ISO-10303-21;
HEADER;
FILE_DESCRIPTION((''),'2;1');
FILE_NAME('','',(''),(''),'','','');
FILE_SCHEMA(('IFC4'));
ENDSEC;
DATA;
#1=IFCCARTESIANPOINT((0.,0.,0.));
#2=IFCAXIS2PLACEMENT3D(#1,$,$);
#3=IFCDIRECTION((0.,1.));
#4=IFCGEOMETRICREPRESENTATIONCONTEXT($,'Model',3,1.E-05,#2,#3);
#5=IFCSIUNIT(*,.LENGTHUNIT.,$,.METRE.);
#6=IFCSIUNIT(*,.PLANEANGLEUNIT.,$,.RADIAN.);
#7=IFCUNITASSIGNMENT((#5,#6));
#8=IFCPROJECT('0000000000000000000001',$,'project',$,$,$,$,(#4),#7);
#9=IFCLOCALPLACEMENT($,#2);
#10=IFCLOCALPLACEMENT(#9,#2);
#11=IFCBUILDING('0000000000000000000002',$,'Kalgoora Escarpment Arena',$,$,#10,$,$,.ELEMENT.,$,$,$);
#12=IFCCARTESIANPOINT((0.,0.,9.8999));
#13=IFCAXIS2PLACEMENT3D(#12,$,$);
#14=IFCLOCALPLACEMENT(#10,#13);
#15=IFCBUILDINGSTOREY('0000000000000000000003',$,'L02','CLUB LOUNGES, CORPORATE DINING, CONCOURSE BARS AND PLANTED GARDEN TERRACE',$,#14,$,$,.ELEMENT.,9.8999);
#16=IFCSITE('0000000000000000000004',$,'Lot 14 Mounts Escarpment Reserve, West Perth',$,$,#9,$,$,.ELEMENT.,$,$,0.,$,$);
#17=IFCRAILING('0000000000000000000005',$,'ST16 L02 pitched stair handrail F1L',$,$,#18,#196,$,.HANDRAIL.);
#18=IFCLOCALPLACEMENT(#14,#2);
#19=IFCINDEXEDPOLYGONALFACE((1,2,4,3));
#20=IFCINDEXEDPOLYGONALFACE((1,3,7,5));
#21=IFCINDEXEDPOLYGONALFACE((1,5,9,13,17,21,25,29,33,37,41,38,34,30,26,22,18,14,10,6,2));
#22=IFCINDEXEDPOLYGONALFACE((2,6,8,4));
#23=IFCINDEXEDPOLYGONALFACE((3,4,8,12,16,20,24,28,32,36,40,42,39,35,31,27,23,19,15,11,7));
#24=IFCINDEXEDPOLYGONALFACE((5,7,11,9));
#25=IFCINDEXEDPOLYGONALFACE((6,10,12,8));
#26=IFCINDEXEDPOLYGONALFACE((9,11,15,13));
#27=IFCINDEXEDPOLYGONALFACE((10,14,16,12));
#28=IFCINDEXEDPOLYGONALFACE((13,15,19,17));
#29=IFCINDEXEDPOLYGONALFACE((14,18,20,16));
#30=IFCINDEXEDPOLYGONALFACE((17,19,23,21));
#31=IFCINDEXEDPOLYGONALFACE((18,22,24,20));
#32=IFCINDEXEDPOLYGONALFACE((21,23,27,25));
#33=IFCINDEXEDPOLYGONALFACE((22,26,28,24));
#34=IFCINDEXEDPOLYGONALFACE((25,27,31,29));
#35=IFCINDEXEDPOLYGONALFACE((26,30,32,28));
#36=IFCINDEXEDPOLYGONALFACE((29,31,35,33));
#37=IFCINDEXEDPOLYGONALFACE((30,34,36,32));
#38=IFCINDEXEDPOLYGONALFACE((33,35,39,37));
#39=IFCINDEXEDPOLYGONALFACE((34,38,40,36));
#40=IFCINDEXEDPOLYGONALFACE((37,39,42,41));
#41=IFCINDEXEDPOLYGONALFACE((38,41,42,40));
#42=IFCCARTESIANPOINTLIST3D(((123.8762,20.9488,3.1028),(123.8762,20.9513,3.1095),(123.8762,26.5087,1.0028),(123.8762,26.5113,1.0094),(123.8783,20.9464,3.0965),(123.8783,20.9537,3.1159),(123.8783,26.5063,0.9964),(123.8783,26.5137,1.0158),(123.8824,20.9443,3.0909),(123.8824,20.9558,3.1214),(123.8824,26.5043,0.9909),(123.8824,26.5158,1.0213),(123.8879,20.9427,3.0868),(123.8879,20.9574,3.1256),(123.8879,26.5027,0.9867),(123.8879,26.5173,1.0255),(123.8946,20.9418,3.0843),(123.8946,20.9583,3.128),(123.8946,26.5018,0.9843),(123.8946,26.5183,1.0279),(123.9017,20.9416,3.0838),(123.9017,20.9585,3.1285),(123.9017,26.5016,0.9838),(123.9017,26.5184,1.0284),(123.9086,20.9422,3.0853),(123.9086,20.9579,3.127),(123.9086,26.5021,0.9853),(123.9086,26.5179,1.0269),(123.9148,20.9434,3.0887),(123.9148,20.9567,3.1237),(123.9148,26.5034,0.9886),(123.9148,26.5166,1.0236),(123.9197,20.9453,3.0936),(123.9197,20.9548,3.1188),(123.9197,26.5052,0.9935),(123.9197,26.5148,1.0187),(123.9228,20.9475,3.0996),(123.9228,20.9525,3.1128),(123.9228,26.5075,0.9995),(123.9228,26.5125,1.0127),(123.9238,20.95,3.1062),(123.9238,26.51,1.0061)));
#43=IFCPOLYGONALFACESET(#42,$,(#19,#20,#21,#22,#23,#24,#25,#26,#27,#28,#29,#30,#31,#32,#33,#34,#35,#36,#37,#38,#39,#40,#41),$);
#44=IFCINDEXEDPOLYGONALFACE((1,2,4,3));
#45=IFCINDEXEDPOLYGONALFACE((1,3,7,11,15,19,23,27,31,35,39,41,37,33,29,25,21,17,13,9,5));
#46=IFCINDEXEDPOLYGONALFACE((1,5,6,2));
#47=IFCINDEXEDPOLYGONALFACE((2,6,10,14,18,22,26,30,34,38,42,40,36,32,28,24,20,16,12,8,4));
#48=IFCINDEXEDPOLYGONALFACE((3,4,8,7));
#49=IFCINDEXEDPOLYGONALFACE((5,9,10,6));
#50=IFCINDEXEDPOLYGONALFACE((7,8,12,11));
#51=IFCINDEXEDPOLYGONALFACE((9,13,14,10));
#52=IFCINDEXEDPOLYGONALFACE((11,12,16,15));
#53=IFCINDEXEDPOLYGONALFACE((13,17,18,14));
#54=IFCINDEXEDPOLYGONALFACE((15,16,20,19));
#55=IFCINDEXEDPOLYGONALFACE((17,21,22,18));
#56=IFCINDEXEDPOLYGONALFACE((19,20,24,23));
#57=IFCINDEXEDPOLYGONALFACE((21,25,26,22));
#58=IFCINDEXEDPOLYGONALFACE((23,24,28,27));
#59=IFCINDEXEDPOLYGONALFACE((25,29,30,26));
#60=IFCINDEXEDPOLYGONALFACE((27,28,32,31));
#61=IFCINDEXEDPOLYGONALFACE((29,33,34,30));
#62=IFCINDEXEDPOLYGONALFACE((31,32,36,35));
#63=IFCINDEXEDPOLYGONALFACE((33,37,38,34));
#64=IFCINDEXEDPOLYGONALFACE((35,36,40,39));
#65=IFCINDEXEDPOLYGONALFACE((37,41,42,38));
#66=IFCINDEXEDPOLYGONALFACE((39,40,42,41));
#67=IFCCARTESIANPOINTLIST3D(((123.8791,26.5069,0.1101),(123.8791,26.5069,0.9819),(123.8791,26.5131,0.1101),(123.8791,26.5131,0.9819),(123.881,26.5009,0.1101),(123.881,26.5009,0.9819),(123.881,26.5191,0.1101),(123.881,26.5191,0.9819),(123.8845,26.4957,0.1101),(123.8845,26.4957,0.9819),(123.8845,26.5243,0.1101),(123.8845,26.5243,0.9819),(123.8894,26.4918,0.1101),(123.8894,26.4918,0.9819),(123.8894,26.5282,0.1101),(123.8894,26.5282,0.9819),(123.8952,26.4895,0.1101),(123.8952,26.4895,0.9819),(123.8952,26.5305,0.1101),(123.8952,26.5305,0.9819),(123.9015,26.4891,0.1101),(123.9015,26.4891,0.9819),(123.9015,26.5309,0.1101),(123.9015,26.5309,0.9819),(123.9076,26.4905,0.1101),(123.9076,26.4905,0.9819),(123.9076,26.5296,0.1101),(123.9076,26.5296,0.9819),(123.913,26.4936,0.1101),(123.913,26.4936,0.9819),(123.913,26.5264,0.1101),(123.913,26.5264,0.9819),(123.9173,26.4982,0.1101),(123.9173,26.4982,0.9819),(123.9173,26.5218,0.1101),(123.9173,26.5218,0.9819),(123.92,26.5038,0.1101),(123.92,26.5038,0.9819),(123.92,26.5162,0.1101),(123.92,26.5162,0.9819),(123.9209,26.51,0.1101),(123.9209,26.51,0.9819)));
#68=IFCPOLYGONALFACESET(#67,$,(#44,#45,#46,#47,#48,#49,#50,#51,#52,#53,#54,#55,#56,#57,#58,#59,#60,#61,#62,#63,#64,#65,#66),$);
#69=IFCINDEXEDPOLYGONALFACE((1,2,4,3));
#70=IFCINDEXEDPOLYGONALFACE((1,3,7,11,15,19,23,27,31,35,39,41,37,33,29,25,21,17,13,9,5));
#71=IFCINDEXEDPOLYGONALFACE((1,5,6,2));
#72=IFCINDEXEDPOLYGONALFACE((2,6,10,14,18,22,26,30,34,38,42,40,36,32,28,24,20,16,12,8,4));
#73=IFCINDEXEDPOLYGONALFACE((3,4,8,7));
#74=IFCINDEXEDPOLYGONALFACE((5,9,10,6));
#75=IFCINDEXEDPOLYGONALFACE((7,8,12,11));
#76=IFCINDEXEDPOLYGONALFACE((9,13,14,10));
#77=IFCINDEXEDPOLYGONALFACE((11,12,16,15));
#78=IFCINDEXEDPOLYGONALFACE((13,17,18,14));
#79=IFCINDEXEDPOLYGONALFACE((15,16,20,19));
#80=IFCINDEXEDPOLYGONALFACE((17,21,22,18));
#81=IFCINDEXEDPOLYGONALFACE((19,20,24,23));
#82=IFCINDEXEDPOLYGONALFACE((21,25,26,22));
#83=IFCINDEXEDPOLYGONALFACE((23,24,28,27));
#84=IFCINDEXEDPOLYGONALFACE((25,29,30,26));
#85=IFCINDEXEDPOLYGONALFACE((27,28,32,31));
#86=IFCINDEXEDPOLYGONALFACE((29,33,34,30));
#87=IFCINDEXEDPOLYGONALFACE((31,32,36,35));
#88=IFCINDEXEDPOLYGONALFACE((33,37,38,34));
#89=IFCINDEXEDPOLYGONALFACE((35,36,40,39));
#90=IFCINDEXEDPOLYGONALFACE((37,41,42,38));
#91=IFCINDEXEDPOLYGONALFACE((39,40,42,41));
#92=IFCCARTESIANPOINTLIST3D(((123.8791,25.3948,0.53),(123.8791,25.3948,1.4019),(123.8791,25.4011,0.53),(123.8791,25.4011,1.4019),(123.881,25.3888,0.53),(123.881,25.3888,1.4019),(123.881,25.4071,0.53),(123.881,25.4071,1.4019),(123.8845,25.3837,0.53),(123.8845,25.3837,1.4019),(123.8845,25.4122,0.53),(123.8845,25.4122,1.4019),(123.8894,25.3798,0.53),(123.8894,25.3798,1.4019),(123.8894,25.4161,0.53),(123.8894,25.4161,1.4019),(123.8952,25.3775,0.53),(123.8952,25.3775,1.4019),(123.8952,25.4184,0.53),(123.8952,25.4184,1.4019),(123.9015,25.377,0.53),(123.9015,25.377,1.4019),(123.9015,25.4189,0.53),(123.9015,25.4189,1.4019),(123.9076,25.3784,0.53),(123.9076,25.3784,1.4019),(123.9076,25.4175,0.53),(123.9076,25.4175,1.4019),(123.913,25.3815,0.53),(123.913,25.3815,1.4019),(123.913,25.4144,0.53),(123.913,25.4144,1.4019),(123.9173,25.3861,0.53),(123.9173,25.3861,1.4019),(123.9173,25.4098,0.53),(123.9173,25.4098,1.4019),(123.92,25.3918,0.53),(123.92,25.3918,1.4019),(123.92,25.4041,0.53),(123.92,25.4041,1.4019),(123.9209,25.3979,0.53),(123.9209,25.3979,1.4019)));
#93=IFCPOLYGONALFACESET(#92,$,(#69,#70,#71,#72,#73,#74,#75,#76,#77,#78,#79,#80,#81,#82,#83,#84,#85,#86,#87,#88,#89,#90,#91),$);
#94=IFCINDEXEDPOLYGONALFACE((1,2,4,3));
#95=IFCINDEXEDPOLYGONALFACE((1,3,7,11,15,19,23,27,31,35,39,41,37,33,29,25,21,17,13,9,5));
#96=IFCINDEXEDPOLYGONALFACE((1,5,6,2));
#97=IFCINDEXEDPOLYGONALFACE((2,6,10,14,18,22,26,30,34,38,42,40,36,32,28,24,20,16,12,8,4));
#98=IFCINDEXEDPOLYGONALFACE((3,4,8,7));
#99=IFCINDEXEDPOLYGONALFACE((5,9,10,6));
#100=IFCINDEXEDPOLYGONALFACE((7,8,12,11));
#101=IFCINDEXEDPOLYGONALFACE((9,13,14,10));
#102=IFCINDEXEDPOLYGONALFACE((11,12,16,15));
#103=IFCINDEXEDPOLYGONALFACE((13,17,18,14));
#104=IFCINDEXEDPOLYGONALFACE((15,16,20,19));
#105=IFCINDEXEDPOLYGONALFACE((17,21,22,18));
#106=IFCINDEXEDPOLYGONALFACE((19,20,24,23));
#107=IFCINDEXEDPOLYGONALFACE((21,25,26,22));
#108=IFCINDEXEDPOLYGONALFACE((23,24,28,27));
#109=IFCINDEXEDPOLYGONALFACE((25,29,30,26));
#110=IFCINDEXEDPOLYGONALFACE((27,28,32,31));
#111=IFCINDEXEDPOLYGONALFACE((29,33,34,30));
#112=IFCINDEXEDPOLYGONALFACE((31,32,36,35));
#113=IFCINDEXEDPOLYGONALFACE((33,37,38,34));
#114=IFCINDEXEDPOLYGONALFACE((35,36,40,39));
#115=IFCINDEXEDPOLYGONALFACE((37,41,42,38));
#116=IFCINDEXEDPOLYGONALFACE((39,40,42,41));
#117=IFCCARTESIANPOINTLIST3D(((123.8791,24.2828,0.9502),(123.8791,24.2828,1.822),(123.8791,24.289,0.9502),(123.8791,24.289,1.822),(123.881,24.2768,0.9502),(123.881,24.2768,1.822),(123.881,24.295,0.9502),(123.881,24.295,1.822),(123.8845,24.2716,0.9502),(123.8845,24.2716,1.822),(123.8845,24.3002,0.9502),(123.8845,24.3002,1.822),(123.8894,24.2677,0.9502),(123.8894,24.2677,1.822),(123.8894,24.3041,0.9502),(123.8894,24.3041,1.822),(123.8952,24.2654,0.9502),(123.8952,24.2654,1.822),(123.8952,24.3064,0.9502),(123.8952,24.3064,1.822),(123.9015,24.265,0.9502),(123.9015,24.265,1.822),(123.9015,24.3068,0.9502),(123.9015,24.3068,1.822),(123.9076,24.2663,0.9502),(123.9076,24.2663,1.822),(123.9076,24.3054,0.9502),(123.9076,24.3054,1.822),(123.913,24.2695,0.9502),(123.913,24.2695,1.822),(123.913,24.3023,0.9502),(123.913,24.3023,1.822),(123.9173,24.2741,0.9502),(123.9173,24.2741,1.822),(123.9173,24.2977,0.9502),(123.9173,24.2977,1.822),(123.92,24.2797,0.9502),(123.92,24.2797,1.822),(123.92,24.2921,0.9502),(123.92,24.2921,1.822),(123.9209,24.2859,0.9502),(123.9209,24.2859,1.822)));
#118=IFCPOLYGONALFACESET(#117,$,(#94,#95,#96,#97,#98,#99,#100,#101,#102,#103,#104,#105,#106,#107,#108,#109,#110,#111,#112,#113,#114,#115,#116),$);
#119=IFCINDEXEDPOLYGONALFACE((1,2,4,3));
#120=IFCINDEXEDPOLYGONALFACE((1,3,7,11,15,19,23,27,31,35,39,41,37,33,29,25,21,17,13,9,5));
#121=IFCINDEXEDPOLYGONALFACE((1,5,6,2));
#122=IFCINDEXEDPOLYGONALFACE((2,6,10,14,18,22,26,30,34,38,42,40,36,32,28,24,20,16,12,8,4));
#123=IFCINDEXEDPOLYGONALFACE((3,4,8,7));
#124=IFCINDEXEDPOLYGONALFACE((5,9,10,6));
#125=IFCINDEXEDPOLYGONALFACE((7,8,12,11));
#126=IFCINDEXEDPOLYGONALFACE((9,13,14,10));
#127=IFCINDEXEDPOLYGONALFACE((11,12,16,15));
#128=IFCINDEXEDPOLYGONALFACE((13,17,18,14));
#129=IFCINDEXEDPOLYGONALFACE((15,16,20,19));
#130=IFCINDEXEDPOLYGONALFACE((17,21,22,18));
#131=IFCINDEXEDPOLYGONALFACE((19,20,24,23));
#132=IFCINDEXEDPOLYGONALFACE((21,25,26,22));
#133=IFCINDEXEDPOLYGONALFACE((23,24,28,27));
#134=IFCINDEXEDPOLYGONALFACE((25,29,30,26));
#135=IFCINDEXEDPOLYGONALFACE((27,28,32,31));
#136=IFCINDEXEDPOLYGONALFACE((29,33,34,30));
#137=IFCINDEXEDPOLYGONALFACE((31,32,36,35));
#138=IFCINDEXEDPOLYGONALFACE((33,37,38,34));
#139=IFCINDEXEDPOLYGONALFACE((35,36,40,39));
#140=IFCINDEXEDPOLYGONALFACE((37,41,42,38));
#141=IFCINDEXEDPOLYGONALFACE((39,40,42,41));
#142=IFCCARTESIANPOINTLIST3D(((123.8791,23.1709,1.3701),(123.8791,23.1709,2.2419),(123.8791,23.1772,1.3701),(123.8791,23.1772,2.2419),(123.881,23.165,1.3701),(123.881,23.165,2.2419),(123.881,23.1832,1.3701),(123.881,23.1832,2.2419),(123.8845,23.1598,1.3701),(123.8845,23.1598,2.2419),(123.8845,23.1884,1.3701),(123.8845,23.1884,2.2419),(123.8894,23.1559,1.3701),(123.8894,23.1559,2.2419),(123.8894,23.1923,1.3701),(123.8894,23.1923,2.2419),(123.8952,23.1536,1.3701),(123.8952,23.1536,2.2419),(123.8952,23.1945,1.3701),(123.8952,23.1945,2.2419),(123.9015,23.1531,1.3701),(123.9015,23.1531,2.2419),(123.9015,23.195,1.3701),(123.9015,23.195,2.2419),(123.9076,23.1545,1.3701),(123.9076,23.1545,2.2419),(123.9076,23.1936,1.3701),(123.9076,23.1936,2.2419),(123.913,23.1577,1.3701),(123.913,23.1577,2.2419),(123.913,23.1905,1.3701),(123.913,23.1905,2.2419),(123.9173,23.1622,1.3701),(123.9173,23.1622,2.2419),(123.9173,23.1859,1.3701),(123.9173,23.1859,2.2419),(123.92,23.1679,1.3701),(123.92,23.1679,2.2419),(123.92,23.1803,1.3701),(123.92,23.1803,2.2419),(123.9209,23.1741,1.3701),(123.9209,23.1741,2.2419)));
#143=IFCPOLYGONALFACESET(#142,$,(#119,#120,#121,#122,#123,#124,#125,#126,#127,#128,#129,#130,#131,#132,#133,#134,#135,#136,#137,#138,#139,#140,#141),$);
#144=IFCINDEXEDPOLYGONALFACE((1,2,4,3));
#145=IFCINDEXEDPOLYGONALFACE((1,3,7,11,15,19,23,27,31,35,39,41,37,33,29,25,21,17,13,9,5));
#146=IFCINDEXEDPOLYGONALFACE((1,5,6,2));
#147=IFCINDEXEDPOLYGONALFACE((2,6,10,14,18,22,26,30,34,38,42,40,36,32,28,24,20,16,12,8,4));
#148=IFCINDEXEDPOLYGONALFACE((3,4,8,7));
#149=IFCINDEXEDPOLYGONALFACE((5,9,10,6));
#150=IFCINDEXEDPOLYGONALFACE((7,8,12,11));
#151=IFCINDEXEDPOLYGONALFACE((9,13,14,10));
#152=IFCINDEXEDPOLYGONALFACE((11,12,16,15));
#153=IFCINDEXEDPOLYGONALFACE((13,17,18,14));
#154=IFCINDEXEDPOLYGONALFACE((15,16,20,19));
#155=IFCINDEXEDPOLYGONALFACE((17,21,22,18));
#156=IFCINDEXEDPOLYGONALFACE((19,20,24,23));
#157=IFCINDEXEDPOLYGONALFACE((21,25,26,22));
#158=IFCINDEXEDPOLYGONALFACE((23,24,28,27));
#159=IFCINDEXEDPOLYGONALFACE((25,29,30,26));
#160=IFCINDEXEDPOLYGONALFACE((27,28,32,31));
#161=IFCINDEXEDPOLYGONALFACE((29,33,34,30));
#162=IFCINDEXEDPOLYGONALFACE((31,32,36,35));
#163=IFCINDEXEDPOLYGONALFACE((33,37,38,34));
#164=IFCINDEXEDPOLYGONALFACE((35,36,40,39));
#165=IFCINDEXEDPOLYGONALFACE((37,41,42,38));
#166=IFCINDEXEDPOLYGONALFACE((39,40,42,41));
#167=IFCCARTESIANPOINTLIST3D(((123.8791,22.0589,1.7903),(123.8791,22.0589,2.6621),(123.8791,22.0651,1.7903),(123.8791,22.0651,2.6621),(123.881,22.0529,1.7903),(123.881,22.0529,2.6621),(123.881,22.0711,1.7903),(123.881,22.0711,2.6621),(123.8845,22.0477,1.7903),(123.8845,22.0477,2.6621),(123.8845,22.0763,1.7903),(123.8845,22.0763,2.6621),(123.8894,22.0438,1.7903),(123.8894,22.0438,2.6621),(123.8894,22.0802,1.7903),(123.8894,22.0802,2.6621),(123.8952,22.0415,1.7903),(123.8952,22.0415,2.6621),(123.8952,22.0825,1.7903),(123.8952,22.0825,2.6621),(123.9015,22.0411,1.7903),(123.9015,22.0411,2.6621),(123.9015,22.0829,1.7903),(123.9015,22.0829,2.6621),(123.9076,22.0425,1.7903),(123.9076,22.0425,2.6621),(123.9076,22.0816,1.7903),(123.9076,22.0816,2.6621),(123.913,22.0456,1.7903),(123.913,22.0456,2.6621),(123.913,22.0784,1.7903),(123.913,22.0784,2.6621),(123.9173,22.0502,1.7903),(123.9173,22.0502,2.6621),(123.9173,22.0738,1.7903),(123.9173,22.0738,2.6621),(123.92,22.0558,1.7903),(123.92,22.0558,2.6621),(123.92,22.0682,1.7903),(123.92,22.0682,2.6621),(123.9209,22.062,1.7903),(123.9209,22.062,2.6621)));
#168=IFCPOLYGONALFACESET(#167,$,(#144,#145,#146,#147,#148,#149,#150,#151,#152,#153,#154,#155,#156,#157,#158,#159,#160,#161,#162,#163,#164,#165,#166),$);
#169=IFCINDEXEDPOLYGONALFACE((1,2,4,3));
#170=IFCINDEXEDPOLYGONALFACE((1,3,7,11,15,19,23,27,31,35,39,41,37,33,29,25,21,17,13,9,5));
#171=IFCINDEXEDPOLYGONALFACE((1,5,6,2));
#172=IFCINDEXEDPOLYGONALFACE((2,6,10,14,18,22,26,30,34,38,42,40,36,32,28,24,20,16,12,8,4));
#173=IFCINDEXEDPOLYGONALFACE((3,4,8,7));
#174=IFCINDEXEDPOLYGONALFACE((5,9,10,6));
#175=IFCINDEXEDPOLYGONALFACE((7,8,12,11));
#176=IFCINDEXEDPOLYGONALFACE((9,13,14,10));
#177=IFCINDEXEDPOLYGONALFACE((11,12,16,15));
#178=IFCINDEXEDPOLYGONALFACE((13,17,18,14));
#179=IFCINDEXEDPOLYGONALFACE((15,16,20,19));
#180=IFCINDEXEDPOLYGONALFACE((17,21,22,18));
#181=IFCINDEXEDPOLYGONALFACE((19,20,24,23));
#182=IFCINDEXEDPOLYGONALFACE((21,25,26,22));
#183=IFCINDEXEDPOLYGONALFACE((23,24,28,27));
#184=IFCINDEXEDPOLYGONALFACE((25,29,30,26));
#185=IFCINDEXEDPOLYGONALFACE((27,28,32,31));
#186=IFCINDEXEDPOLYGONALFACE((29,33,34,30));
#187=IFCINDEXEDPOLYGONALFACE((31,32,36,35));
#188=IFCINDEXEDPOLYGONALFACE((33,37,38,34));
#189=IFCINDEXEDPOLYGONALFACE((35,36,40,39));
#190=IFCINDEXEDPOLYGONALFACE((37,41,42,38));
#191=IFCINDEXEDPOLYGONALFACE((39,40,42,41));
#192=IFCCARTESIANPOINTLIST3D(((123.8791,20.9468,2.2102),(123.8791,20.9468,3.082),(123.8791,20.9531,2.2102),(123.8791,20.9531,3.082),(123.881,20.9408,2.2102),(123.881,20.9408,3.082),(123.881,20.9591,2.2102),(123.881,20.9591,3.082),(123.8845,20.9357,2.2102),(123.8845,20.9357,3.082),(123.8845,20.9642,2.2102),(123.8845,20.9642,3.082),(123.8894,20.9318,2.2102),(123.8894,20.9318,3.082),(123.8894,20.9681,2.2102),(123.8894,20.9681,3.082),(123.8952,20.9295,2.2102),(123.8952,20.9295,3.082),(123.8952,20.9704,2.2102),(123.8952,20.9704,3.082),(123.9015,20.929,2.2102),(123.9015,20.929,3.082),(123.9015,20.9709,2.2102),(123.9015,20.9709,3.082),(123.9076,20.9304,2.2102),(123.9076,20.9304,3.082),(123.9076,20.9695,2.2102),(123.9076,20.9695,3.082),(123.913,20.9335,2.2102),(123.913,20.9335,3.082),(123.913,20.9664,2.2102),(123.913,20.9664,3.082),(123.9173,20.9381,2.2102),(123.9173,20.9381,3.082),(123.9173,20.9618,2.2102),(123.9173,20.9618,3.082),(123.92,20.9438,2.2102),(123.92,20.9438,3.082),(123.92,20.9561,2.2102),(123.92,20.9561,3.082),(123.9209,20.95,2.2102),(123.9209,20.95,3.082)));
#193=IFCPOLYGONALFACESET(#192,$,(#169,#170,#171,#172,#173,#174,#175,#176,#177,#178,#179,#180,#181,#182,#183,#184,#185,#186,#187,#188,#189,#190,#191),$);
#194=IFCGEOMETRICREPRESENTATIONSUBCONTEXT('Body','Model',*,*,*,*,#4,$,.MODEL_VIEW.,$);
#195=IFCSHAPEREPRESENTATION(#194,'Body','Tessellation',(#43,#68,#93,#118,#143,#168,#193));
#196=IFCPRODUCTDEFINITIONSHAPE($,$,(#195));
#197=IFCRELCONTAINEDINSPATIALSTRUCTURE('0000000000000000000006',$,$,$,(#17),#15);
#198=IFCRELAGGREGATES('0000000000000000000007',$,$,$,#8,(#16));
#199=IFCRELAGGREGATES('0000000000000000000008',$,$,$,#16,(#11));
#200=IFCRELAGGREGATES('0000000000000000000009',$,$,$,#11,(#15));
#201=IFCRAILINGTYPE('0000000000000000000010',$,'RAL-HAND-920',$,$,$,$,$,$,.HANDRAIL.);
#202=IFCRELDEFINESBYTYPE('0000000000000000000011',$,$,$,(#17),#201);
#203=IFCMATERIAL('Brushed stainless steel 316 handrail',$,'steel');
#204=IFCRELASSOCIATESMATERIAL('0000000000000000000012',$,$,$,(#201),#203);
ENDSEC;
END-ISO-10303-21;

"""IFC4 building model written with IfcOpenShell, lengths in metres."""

from ifc_helpers import new_model, si_unit, direction, frame, origin, origin_2d, place, context, subcontext, project, spatial, circle, extrude, material, type_object, element, save


model = new_model("IFC4")

# Units and contexts
model_context = context("Model", 3, precision=1e-05, world=origin(), true_north=direction((0.0, 1.0)))
body_context = subcontext(model_context, "Body", "Model", "MODEL_VIEW")
ifc_project = project(units=[si_unit("LENGTHUNIT", "METRE"), si_unit("PLANEANGLEUNIT", "RADIAN")], contexts=[model_context])

# Site, building, storey
site_placement = place(None, origin())
site = spatial("IfcSite", under=ifc_project, at=site_placement, Name="Lot 14 Mounts Escarpment Reserve, West Perth", CompositionType="ELEMENT", RefElevation=0.0)
building_placement = place(site_placement, origin())
building = spatial("IfcBuilding", under=site, at=building_placement, Name="Kalgoora Escarpment Arena", CompositionType="ELEMENT")
storey_placement = place(building_placement, frame((0.0, 0.0, 9.8999)))
storey = spatial("IfcBuildingStorey", under=building, at=storey_placement, Name="L02", Description="CLUB LOUNGES, CORPORATE DINING, CONCOURSE BARS AND PLANTED GARDEN TERRACE", CompositionType="ELEMENT", Elevation=9.8999)

# Railing
ifc_material_1 = material(Name="Brushed stainless steel 316 handrail", Category="steel")
railing_type_1 = type_object("IfcRailingType", Name="RAL-HAND-920", PredefinedType="HANDRAIL", material=ifc_material_1)
for number, where, name in (
    (1, (123.8999, 26.51, 0.1101), "ST16 L02 pitched stair handrail F1L"),
):
    element("IfcRailing", number, at=place(storey_placement, frame(where)), inside=storey, type_object=railing_type_1, Name=name, PredefinedType="HANDRAIL", context=body_context, shape_type="SweptSolid", body=[
        extrude(circle(Radius=0.0239, at=origin_2d()), frame((0.0, 0.0, 0.896), z_axis=(0.0, -0.935493, 0.353346), x_axis=(1.0, 0.0, 0.0)), (0.0, 0.0, 1.0), 5.9434),
        extrude(circle(Radius=0.021, at=origin_2d()), origin(), (0.0, 0.0, 1.0), 0.8718),
        extrude(circle(Radius=0.021, at=origin_2d()), frame((0.0, -1.1121, 0.4199)), (0.0, 0.0, 1.0), 0.8718),
        extrude(circle(Radius=0.021, at=origin_2d()), frame((0.0, -2.2241, 0.8401)), (0.0, 0.0, 1.0), 0.8718),
        extrude(circle(Radius=0.021, at=origin_2d()), frame((0.0, -3.3359, 1.26)), (0.0, 0.0, 1.0), 0.8718),
        extrude(circle(Radius=0.021, at=origin_2d()), frame((0.0, -4.448, 1.6802)), (0.0, 0.0, 1.0), 0.8718),
        extrude(circle(Radius=0.021, at=origin_2d()), frame((0.0, -5.5601, 2.1001)), (0.0, 0.0, 1.0), 0.8718),
    ])

save(model, "model.ifc")
